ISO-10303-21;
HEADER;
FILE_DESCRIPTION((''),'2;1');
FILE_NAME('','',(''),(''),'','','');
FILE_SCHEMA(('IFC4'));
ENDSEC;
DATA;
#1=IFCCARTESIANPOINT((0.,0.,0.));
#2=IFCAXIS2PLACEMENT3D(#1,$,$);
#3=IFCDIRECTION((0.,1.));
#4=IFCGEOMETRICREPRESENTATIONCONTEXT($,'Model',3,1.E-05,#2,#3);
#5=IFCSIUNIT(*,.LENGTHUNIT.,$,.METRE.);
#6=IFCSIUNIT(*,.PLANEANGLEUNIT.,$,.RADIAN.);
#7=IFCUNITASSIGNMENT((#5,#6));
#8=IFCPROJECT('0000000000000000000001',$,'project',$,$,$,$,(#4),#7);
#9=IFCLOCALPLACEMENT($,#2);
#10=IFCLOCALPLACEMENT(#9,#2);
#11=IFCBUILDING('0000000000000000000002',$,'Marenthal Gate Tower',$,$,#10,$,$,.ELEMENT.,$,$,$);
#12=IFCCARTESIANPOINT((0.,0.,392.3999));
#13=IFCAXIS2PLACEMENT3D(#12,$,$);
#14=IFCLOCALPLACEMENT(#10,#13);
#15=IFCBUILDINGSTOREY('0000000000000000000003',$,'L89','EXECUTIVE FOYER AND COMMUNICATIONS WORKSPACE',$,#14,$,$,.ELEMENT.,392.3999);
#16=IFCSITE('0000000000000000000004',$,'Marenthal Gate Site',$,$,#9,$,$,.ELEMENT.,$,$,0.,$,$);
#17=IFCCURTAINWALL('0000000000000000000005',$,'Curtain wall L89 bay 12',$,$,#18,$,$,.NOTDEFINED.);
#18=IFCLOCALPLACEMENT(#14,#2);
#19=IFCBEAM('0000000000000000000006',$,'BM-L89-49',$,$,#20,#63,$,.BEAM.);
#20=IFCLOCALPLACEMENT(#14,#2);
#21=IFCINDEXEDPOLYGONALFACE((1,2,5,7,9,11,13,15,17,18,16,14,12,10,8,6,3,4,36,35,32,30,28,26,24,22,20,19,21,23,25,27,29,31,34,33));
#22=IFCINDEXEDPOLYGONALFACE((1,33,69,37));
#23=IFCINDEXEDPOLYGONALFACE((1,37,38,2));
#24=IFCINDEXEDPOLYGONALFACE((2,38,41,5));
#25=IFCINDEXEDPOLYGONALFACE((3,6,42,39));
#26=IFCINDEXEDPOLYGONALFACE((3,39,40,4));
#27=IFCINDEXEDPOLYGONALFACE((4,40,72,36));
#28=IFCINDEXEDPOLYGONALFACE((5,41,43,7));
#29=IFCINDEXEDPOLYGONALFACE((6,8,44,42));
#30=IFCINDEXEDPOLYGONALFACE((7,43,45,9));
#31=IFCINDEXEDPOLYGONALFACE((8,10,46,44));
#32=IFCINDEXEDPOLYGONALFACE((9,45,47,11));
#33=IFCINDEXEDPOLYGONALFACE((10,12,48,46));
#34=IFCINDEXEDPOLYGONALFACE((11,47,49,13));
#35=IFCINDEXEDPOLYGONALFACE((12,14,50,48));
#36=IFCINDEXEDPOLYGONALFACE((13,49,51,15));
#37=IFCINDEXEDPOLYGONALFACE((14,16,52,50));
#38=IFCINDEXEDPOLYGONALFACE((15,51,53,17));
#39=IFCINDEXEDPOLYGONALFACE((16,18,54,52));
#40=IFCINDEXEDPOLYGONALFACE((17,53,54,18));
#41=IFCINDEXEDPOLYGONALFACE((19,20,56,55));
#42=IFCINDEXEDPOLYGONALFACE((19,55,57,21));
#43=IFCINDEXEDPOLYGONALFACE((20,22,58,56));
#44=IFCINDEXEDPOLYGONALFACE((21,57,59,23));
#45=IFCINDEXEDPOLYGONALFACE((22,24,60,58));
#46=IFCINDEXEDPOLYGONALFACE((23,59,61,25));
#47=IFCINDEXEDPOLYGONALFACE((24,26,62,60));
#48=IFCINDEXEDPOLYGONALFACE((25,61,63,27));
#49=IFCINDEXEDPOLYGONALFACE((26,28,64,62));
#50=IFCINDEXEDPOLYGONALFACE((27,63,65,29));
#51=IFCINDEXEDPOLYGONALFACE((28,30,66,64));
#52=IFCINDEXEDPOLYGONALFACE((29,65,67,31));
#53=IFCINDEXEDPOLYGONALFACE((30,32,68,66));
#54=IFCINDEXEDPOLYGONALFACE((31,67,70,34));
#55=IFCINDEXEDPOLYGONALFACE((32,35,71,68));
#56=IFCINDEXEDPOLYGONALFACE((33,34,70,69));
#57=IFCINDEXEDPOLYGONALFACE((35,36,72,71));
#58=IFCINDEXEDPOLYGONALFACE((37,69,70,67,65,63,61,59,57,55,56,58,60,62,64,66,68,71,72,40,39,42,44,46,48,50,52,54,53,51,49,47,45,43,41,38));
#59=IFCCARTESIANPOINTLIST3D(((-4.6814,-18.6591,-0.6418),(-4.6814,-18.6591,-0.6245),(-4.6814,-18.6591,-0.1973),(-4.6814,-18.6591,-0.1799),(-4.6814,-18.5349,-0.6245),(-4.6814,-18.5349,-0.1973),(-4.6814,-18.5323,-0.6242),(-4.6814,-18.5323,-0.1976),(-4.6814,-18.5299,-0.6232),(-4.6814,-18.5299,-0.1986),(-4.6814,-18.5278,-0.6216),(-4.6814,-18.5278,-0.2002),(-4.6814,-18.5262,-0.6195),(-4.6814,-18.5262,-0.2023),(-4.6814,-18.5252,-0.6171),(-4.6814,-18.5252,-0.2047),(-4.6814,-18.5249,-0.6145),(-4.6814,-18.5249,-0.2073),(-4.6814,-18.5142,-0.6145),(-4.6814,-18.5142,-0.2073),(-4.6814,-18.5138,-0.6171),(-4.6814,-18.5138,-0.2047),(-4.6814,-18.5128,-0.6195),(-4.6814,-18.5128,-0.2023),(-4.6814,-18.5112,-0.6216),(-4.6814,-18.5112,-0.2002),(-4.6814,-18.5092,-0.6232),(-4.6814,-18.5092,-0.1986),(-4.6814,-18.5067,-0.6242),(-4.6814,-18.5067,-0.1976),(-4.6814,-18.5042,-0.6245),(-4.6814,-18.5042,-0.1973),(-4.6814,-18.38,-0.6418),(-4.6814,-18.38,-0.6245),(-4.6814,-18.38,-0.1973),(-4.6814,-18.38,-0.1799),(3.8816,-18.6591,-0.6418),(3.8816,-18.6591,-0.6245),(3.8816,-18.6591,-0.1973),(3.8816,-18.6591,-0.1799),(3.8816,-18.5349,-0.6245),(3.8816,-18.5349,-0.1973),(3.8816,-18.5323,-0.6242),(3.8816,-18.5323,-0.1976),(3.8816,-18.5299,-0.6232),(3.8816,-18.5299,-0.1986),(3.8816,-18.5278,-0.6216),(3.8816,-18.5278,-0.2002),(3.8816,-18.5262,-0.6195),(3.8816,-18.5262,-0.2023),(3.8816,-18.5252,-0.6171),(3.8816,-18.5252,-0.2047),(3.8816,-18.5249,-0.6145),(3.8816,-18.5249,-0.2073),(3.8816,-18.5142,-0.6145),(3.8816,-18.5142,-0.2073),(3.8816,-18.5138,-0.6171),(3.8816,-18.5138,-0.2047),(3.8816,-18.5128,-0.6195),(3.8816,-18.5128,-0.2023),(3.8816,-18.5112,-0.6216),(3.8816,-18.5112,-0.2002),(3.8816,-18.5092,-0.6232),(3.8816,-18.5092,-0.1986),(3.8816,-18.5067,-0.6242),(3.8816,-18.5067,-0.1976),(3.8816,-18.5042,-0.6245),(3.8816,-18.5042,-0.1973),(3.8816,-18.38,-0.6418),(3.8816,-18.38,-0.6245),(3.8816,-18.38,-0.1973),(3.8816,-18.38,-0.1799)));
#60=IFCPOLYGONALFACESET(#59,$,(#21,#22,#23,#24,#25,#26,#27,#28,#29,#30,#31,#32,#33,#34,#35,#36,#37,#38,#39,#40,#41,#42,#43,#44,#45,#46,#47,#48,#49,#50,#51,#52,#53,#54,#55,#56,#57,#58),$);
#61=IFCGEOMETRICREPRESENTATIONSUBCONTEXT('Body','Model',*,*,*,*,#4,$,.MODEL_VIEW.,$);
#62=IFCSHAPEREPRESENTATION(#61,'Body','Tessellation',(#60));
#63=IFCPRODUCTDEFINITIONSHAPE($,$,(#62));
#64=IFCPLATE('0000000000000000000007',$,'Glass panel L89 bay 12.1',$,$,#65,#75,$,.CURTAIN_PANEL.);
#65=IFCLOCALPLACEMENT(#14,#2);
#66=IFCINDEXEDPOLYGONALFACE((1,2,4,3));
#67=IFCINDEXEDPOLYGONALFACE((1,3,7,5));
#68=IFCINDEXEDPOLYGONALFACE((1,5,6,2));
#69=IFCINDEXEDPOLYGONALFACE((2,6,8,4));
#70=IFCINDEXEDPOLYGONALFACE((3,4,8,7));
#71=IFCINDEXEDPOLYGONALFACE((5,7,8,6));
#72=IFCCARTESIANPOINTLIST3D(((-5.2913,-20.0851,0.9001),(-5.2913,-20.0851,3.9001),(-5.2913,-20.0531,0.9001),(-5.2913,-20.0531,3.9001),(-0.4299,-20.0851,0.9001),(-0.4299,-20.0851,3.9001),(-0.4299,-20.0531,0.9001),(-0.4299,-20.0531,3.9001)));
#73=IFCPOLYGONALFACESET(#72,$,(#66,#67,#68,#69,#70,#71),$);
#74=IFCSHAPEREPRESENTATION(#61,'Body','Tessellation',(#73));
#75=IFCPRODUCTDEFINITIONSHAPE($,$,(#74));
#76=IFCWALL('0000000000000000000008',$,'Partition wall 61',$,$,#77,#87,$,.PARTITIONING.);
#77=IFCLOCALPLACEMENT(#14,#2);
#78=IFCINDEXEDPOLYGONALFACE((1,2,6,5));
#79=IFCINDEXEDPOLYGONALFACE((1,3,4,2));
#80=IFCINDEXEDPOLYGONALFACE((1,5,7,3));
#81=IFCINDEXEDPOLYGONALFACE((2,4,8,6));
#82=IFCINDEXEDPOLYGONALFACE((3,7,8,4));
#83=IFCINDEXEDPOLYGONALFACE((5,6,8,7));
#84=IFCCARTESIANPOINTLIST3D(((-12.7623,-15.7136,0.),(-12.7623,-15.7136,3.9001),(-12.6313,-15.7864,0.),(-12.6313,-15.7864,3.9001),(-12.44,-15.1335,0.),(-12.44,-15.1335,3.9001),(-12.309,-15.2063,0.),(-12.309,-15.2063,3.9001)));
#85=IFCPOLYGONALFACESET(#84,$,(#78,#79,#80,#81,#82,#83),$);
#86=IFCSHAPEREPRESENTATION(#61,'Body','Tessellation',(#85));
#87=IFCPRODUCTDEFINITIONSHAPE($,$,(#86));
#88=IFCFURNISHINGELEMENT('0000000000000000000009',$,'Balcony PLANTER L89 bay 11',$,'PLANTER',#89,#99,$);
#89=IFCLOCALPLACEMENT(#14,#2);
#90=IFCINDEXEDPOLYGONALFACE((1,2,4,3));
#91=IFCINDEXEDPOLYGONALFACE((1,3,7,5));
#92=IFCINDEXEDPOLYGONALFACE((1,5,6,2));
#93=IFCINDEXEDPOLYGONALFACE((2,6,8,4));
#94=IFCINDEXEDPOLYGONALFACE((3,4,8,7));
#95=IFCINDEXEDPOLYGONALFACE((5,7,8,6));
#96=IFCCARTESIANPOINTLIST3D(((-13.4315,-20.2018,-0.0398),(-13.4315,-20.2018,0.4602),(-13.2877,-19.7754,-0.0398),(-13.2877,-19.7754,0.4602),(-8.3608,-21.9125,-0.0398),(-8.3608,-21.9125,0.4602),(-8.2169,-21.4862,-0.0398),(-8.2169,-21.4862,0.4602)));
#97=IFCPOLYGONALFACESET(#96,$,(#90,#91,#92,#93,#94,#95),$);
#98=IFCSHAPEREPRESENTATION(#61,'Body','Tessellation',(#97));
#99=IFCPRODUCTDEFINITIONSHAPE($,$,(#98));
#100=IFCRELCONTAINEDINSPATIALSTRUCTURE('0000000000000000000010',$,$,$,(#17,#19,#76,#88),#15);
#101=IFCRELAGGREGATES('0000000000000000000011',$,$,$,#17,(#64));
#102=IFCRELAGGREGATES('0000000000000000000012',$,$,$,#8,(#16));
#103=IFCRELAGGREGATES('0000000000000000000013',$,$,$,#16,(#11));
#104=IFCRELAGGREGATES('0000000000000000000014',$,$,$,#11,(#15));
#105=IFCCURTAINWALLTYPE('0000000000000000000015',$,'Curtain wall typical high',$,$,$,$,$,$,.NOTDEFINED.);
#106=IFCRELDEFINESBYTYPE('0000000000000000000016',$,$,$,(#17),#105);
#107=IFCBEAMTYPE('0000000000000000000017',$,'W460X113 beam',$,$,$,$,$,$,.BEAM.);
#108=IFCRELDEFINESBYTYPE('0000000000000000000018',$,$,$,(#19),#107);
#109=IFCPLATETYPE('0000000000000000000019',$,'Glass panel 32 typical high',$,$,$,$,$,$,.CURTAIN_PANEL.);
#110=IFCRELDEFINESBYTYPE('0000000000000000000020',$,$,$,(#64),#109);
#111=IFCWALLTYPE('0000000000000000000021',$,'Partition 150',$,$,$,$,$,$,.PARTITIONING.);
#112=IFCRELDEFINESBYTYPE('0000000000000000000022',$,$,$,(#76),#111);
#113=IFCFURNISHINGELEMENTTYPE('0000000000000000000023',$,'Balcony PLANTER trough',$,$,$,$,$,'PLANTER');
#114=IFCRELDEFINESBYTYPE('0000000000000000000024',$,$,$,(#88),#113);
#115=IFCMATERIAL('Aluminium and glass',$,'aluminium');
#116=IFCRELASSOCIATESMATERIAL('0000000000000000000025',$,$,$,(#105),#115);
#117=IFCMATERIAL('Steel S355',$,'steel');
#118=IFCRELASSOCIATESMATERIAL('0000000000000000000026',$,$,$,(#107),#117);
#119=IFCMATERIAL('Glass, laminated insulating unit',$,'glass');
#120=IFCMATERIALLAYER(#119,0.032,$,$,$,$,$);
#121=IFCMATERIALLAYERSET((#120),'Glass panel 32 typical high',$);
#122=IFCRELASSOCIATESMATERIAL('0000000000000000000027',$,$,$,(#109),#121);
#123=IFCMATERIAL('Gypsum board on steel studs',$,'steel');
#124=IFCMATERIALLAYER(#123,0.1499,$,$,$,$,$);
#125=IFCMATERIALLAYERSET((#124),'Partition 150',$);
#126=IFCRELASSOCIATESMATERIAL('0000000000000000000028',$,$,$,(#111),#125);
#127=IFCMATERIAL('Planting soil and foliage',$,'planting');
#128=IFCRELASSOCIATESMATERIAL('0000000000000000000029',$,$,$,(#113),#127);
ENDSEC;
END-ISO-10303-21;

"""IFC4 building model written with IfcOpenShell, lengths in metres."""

from ifc_helpers import new_model, si_unit, direction, frame, frame_2d, origin, origin_2d, place, context, subcontext, project, spatial, rectangle, i_section, extrude, material, layer, layer_set, material_profile, profile_set, type_object, element, aggregate, save


model = new_model("IFC4")

# Units and contexts
model_context = context("Model", 3, precision=1e-05, world=origin(), true_north=direction((0.0, 1.0)))
body_context = subcontext(model_context, "Body", "Model", "MODEL_VIEW")
ifc_project = project(units=[si_unit("LENGTHUNIT", "METRE"), si_unit("PLANEANGLEUNIT", "RADIAN")], contexts=[model_context])

# Site, building, storey
site_placement = place(None, origin())
site = spatial("IfcSite", under=ifc_project, at=site_placement, Name="Marenthal Gate Site", CompositionType="ELEMENT", RefElevation=0.0)
building_placement = place(site_placement, origin())
building = spatial("IfcBuilding", under=site, at=building_placement, Name="Marenthal Gate Tower", CompositionType="ELEMENT")
storey_placement = place(building_placement, frame((0.0, 0.0, 392.3999)))
storey = spatial("IfcBuildingStorey", under=building, at=storey_placement, Name="L89", Description="EXECUTIVE FOYER AND COMMUNICATIONS WORKSPACE", CompositionType="ELEMENT", Elevation=392.3999)

# Curtain wall
ifc_material_1 = material(Name="Aluminium and glass", Category="aluminium")
curtain_wall_type = type_object("IfcCurtainWallType", Name="Curtain wall typical high", PredefinedType="NOTDEFINED", material=ifc_material_1)
curtain_wall_placement = place(storey_placement, origin())
curtain_wall = element("IfcCurtainWall", 1, at=curtain_wall_placement, inside=storey, type_object=curtain_wall_type, Name="Curtain wall L89 bay 12", PredefinedType="NOTDEFINED")

# Beam
ifc_material_2 = material(Name="Steel S355", Category="steel")
ifc_material_profile_1 = material_profile(ifc_material_2, i_section(OverallWidth=0.2791, OverallDepth=0.4619, WebThickness=0.0107, FlangeThickness=0.0173, FilletRadius=0.01, at=origin_2d()), Name="W460X113")
ifc_profile_set_1 = profile_set([ifc_material_profile_1], Name="Steel S355")
beam_type_1 = type_object("IfcBeamType", Name="W460X113 beam", PredefinedType="BEAM", material=ifc_profile_set_1)
beam_1_placement = place(storey_placement, frame((-4.6814, -18.5195, -0.4109), z_axis=(1.0, 0.0, 0.0), x_axis=(0.0, 1.0, 0.0)))
element("IfcBeam", 2, at=beam_1_placement, inside=storey, type_object=beam_type_1, Name="BM-L89-49", PredefinedType="BEAM", context=body_context, shape_type="SweptSolid", body=[
    extrude(i_section(OverallWidth=0.2791, OverallDepth=0.4619, WebThickness=0.0107, FlangeThickness=0.0173, FilletRadius=0.01, at=origin_2d()), origin(), (0.0, 0.0, 1.0), 8.563),
])

# Plate
ifc_material_3 = material(Name="Glass, laminated insulating unit", Category="glass")
ifc_layer_1 = layer(ifc_material_3, 0.032)
ifc_layer_set_1 = layer_set([ifc_layer_1], Name="Glass panel 32 typical high")
plate_type = type_object("IfcPlateType", Name="Glass panel 32 typical high", PredefinedType="CURTAIN_PANEL", material=ifc_layer_set_1)
plate_placement = place(storey_placement, frame((-2.8606, -20.0691, 0.9001), z_axis=(0.0, 0.0, 1.0), x_axis=(1.0, 0.0, 0.0)))
plate = element("IfcPlate", 3, at=plate_placement, type_object=plate_type, Name="Glass panel L89 bay 12.1", PredefinedType="CURTAIN_PANEL", context=body_context, shape_type="SweptSolid", body=[
    extrude(rectangle(XDim=4.8613, YDim=0.032, at=origin_2d()), origin(), (0.0, 0.0, 1.0), 3.0),
])
aggregate(curtain_wall, [plate])

# Wall
ifc_material_4 = material(Name="Gypsum board on steel studs", Category="steel")
ifc_layer_2 = layer(ifc_material_4, 0.1499)
ifc_layer_set_2 = layer_set([ifc_layer_2], Name="Partition 150")
wall_type = type_object("IfcWallType", Name="Partition 150", PredefinedType="PARTITIONING", material=ifc_layer_set_2)
wall_placement = place(storey_placement, frame((-12.6968, -15.75, 0.0), z_axis=(0.0, 0.0, 1.0), x_axis=(0.485643, 0.874157, 0.0)))
element("IfcWall", 4, at=wall_placement, inside=storey, type_object=wall_type, Name="Partition wall 61", PredefinedType="PARTITIONING", context=body_context, shape_type="SweptSolid", body=[
    extrude(rectangle(XDim=0.6636, YDim=0.1499, at=frame_2d((0.3318, 0.0))), origin(), (0.0, 0.0, 1.0), 3.9001),
])

# Furnishing element
ifc_material_5 = material(Name="Planting soil and foliage", Category="planting")
furnishing_element_type = type_object("IfcFurnishingElementType", Name="Balcony PLANTER trough", ElementType="PLANTER", material=ifc_material_5)
furnishing_placement = place(storey_placement, frame((-10.8242, -20.844, -0.0398), z_axis=(0.0, 0.0, 1.0), x_axis=(0.947527, -0.319676, 0.0)))
element("IfcFurnishingElement", 5, at=furnishing_placement, inside=storey, type_object=furnishing_element_type, Name="Balcony PLANTER L89 bay 11", ObjectType="PLANTER", context=body_context, shape_type="SweptSolid", body=[
    extrude(rectangle(XDim=5.3516, YDim=0.45, at=origin_2d()), origin(), (0.0, 0.0, 1.0), 0.5),
])

save(model, "model.ifc")
